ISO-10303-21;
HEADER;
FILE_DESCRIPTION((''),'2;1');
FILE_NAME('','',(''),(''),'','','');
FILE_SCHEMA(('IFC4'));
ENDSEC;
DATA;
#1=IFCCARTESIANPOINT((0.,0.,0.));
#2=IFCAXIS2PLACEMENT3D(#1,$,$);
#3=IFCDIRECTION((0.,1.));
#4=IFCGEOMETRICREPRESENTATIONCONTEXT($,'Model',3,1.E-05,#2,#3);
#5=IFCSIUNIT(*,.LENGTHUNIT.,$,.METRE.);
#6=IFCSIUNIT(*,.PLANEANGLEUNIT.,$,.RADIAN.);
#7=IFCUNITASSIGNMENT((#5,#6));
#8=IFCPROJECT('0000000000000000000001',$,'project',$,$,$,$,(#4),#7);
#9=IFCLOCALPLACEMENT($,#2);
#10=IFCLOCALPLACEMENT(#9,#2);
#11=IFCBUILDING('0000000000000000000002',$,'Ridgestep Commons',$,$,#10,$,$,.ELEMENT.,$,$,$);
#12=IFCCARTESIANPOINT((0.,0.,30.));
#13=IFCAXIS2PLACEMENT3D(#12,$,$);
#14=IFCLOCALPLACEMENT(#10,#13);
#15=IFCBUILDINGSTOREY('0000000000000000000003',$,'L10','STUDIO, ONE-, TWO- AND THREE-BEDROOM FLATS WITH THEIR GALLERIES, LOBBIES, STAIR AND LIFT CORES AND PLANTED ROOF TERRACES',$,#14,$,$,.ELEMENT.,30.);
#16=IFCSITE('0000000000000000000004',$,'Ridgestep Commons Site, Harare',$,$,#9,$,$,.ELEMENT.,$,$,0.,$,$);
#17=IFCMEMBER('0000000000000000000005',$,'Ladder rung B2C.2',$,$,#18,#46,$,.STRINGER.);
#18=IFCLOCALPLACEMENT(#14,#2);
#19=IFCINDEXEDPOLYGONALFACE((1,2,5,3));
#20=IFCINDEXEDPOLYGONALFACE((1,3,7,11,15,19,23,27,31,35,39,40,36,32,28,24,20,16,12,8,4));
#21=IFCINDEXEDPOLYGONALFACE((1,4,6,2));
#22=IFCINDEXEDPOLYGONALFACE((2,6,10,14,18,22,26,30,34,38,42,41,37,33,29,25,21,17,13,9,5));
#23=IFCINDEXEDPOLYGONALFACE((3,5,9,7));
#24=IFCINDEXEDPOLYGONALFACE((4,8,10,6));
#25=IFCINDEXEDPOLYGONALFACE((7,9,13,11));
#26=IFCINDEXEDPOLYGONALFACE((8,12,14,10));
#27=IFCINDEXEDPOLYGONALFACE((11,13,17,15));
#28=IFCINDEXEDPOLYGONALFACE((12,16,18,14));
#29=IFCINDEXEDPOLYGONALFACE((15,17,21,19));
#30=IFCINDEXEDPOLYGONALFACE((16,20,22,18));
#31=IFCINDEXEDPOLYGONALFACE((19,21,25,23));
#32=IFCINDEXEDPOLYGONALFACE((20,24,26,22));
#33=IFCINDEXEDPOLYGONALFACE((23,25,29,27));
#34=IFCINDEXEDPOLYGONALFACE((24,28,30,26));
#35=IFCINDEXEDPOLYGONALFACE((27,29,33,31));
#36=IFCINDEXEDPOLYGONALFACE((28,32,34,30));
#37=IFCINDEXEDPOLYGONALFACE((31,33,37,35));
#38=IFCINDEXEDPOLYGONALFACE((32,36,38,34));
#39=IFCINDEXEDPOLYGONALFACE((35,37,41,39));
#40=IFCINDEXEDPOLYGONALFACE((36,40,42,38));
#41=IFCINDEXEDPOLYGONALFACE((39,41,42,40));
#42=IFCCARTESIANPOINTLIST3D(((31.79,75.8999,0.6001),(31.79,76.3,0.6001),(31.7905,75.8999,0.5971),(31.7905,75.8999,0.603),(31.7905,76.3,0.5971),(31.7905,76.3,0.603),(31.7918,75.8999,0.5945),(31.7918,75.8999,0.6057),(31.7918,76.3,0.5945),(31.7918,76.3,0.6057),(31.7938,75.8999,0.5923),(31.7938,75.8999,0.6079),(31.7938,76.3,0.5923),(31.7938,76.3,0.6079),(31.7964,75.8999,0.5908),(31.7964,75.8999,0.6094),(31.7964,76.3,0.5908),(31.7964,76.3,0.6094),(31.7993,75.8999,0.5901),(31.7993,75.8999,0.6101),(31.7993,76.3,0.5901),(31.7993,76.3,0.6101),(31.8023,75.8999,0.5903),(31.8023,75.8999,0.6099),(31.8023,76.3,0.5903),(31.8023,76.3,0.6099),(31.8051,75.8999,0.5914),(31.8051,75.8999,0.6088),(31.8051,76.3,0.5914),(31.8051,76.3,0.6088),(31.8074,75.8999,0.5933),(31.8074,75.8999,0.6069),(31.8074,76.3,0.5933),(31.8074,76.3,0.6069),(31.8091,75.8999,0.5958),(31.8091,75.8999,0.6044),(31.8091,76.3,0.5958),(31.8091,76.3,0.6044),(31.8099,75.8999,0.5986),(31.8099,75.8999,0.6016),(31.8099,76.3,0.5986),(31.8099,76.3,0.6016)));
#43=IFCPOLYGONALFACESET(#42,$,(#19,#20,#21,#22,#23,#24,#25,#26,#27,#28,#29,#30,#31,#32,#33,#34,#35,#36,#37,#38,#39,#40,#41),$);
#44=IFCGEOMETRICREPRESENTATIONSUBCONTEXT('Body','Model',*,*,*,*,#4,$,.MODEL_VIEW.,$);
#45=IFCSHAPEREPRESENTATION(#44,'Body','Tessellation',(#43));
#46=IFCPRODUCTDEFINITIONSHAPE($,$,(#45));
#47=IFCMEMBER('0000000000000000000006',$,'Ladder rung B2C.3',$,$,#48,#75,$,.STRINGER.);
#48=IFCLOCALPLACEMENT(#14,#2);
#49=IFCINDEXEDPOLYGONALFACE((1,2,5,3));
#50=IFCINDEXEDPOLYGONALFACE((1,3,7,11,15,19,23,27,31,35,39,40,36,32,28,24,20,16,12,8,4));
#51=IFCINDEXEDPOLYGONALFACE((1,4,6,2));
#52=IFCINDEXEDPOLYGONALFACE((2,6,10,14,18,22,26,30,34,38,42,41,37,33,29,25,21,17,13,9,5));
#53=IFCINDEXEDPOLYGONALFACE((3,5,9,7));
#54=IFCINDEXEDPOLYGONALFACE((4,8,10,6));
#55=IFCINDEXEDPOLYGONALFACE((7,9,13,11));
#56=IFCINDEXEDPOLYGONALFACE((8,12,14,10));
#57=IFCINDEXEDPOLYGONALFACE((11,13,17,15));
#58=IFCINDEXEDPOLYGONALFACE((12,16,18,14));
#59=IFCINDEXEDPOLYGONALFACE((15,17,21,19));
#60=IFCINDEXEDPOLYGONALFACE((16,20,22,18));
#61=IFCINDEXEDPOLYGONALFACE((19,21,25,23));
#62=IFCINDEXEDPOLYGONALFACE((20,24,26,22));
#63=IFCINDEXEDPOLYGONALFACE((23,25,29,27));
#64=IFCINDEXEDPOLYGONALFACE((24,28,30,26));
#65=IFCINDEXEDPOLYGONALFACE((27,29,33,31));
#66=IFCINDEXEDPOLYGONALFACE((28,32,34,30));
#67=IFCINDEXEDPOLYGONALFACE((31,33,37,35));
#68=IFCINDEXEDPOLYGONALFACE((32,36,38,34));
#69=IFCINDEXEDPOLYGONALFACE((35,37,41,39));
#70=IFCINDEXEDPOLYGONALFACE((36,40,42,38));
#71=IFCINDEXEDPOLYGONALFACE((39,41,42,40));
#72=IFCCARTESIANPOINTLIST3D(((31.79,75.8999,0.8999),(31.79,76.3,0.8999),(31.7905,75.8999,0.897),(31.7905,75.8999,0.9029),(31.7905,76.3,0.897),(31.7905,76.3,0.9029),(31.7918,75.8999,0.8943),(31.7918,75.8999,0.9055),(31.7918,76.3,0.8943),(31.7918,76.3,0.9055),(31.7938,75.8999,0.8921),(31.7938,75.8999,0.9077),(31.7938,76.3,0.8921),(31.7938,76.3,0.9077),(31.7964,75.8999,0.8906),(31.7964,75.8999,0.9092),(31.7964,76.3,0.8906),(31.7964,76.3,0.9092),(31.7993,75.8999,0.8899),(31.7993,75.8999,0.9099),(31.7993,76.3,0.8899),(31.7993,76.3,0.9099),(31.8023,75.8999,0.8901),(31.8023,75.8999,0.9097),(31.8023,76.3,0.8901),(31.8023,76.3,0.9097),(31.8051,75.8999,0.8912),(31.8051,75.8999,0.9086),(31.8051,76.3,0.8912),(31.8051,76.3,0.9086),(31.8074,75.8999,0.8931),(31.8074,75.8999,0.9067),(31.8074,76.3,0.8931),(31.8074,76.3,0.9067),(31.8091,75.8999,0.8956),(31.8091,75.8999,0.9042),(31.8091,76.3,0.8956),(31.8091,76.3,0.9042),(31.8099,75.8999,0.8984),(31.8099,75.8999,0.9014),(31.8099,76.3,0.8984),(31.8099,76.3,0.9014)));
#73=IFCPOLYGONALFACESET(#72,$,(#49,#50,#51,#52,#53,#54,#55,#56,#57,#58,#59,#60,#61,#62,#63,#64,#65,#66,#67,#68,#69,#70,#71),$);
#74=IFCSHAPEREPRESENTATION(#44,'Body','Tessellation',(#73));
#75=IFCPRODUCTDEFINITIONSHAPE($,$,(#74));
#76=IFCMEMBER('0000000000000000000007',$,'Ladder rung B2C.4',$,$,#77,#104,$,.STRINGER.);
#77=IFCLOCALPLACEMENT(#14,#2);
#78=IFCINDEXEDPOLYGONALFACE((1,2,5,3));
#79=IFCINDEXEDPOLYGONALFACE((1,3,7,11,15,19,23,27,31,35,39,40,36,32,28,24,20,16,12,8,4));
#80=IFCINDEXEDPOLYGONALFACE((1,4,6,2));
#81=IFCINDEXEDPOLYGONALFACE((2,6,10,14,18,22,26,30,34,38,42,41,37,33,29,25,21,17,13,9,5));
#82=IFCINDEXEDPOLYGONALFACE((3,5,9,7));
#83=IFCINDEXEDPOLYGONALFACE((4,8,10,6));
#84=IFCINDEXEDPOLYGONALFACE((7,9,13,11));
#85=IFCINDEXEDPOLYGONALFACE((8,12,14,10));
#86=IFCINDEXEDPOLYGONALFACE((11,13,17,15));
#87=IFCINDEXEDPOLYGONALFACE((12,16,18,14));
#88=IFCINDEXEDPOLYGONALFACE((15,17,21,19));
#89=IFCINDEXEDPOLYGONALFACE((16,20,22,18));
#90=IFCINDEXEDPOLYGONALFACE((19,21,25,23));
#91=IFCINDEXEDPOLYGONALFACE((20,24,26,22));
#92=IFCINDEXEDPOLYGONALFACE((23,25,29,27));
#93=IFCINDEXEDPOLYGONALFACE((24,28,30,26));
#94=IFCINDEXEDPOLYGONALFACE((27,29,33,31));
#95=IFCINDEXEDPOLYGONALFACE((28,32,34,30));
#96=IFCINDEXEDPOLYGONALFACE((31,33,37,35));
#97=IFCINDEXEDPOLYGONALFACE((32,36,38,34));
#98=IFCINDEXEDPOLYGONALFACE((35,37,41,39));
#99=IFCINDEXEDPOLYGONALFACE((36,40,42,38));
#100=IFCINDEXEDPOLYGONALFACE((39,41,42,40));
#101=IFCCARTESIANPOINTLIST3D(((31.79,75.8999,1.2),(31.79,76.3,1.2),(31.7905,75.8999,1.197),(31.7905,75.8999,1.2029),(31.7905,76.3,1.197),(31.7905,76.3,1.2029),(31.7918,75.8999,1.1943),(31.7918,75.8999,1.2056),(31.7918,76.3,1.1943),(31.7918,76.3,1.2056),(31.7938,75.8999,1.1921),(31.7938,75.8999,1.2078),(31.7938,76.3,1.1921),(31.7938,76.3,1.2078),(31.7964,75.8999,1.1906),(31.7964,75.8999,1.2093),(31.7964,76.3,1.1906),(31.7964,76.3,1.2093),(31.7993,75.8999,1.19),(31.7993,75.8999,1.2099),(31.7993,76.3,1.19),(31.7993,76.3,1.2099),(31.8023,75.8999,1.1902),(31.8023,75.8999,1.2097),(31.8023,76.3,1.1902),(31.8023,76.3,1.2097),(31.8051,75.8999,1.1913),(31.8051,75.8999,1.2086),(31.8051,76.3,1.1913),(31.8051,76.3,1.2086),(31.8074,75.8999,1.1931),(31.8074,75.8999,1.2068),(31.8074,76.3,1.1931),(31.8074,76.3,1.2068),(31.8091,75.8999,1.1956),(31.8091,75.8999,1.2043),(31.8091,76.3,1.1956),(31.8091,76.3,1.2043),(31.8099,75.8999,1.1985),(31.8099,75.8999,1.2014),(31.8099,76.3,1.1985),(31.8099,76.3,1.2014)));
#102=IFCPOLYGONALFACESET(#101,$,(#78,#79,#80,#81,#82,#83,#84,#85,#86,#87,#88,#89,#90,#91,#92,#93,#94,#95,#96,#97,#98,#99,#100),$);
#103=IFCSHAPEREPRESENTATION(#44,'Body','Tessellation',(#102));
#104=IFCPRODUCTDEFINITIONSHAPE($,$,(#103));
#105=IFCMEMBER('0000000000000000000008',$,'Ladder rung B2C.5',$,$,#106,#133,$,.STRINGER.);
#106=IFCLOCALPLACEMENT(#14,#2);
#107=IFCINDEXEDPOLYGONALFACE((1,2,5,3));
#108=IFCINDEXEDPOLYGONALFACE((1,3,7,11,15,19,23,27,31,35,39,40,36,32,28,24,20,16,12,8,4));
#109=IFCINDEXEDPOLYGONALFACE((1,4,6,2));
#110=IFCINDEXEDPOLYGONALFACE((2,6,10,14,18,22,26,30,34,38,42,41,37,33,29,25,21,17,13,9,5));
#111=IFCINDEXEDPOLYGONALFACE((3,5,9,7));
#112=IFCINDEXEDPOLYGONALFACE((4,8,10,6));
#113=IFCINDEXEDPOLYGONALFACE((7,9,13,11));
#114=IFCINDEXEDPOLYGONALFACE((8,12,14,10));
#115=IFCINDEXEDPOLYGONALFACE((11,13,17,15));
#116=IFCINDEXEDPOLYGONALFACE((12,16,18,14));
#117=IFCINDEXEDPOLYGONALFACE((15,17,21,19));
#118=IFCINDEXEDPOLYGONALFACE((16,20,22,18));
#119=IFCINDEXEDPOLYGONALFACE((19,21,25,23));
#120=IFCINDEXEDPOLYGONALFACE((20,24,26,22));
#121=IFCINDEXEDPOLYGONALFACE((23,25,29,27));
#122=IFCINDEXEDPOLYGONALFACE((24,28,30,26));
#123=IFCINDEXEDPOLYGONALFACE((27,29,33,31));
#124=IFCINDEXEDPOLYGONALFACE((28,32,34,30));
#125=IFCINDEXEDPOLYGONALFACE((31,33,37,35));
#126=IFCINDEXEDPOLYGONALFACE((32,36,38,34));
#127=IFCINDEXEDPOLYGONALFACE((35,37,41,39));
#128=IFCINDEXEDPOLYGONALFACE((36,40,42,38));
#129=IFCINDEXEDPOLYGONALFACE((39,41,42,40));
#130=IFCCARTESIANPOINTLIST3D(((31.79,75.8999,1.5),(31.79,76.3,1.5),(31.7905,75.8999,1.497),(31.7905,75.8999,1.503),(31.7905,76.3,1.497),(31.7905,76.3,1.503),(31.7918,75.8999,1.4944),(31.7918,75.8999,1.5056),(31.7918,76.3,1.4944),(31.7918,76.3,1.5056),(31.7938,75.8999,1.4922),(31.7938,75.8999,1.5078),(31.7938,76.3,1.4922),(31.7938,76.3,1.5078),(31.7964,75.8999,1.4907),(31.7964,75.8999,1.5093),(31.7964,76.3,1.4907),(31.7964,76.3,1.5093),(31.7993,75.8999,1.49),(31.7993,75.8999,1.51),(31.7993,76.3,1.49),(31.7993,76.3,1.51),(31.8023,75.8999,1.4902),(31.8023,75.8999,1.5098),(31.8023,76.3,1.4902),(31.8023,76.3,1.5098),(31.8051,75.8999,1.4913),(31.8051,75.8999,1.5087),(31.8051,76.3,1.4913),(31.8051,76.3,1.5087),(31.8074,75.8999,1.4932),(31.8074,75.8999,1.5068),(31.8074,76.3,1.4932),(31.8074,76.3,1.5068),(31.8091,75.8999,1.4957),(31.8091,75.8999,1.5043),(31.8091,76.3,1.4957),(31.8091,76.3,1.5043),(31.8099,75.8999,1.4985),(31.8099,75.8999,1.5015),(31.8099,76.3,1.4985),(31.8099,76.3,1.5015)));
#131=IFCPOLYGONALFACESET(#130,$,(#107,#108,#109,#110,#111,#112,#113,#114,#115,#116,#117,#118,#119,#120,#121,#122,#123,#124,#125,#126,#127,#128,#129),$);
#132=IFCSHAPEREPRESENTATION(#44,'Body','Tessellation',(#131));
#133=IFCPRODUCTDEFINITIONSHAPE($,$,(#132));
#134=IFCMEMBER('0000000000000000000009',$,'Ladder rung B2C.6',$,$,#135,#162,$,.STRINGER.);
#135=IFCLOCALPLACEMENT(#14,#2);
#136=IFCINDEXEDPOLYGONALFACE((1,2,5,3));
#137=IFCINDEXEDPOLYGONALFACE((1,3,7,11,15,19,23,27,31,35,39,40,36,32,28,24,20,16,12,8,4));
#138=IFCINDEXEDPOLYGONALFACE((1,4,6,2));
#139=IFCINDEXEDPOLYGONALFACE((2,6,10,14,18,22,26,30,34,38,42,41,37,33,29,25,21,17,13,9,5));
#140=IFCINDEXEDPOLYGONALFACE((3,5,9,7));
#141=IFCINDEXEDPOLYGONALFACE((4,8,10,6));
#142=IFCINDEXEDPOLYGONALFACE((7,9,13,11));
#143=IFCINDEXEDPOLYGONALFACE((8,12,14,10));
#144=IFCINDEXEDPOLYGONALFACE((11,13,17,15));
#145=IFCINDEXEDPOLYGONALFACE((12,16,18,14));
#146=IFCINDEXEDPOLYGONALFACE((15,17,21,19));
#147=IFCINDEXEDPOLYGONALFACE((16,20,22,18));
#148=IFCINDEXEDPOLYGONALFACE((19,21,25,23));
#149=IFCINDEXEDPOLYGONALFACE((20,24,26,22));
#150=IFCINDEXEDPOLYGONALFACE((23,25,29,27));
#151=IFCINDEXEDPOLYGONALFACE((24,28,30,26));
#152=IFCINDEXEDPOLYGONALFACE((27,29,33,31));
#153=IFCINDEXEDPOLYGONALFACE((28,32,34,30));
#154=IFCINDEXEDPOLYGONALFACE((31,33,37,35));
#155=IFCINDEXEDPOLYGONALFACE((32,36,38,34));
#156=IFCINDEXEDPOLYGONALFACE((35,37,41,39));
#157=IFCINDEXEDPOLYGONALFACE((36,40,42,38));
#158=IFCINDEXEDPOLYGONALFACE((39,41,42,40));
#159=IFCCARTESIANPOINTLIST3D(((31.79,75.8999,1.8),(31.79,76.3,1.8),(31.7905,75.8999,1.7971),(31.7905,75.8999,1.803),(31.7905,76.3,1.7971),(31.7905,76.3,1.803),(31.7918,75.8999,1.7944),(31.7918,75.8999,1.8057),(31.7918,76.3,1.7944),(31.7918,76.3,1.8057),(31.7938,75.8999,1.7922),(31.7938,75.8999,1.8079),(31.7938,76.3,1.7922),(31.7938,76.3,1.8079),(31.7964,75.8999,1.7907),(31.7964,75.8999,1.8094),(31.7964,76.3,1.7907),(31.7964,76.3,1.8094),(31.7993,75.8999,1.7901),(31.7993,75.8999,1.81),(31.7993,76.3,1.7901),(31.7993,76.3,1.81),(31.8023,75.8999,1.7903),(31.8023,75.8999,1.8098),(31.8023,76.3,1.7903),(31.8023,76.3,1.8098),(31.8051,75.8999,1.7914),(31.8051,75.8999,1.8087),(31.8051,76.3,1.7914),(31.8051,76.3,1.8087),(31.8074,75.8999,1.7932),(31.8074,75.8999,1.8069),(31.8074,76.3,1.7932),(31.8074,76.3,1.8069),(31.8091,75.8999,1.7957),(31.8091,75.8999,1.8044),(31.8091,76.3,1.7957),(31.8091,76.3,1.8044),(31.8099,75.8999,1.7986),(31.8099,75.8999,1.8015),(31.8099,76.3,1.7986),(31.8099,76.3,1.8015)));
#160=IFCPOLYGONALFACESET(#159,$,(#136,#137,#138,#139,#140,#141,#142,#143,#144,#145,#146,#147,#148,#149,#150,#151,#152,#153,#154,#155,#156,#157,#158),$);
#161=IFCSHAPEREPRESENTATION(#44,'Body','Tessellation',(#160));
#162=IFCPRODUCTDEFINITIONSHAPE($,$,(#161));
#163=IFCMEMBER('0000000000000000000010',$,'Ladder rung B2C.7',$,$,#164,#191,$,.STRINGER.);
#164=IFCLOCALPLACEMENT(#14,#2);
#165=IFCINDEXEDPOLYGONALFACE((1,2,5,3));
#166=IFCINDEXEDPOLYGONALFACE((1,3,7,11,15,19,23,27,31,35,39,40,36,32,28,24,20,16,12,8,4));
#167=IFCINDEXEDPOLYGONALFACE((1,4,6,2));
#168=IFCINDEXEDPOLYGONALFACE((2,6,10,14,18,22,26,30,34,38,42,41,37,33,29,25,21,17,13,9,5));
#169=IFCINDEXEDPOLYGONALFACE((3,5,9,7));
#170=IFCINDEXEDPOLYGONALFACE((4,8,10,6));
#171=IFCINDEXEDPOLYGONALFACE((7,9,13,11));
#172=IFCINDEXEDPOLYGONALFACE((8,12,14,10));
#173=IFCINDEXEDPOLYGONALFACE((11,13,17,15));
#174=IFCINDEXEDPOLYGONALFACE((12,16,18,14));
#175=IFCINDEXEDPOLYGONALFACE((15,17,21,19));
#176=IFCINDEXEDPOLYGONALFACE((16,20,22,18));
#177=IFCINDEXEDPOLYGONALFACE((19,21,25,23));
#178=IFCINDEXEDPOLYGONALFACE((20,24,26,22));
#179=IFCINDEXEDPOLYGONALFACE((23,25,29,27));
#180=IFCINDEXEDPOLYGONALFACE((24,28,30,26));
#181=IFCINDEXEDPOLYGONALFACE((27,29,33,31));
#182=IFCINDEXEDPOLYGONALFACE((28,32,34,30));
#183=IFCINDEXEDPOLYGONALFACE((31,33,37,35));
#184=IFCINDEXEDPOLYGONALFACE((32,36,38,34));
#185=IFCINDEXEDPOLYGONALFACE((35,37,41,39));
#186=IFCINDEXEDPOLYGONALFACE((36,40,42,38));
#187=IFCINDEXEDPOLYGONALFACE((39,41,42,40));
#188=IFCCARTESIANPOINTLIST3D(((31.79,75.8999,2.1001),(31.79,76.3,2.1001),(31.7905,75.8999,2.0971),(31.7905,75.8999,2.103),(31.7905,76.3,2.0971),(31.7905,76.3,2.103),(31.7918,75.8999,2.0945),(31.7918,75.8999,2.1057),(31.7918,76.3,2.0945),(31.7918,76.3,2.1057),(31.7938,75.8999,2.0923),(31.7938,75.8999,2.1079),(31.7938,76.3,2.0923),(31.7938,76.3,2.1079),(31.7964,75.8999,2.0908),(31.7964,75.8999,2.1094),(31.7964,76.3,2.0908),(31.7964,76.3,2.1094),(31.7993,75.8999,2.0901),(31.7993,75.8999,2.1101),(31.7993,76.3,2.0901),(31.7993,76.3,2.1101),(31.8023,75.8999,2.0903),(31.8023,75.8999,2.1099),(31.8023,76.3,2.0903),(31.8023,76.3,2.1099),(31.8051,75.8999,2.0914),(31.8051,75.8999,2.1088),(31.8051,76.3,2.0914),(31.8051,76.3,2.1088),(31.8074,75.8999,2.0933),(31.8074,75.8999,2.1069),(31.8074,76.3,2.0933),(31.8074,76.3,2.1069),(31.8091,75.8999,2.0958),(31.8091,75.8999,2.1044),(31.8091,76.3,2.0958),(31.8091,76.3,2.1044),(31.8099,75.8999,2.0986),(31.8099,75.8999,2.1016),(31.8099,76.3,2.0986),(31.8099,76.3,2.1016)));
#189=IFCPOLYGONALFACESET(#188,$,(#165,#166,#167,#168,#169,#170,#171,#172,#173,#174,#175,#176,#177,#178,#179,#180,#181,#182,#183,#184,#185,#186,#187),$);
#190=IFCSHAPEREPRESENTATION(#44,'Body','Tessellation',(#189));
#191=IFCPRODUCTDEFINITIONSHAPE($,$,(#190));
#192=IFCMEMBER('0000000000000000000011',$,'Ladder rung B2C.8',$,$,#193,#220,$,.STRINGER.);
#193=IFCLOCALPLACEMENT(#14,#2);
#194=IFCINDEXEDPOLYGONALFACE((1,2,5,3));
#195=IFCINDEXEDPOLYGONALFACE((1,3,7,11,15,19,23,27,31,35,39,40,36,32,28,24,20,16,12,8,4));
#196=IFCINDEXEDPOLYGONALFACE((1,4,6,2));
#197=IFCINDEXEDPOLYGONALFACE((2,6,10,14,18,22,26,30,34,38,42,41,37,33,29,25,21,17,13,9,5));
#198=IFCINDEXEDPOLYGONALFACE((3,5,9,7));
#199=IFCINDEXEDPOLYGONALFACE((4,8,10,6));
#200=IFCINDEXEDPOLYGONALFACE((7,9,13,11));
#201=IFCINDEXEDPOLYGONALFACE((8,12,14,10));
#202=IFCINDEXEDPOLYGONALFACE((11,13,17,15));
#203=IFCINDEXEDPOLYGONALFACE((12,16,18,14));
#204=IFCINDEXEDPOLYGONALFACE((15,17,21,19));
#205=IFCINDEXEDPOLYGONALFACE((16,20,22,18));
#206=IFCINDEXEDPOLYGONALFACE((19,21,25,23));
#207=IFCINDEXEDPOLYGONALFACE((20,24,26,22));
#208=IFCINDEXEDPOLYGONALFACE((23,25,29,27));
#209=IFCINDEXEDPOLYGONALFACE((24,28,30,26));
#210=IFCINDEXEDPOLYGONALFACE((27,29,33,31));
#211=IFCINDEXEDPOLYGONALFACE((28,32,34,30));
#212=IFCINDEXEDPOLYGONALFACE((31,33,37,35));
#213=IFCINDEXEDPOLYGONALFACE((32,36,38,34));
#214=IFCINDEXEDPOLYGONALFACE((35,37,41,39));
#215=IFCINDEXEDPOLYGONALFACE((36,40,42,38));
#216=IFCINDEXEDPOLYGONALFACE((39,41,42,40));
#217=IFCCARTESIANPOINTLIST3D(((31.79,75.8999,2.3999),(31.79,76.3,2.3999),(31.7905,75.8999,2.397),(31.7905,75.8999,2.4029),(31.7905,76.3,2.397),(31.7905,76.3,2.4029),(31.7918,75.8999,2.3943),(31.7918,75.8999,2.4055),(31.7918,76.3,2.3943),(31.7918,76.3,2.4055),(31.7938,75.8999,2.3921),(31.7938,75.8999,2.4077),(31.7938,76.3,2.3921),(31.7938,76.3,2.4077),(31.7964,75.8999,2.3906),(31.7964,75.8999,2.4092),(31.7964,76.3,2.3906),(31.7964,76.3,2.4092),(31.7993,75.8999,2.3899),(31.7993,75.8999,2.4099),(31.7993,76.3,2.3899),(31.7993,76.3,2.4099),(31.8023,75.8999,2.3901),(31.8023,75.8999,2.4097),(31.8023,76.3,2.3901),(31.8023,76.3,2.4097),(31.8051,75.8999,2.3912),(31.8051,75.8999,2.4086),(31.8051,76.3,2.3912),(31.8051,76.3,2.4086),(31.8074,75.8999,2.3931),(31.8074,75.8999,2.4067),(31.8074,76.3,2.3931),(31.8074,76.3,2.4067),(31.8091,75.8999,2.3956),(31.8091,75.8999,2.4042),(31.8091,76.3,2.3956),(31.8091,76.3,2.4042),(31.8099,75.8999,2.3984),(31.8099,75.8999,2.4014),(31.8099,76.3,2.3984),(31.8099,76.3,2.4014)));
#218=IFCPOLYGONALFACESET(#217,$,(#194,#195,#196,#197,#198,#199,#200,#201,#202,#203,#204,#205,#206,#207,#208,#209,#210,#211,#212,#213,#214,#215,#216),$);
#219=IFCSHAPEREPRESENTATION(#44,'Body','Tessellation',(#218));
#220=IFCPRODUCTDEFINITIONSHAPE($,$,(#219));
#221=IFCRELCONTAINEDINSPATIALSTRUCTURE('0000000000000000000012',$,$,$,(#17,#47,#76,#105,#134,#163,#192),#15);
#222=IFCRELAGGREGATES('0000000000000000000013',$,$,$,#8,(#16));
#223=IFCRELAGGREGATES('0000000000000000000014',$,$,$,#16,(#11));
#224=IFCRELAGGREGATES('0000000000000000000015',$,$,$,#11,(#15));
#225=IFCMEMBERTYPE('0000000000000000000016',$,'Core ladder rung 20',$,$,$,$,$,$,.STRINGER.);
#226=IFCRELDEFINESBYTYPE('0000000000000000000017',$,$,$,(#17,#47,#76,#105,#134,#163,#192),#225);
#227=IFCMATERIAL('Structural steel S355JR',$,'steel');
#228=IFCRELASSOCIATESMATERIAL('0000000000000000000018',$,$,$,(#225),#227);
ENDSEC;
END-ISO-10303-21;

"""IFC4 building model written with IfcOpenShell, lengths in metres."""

from ifc_helpers import new_model, si_unit, direction, frame, origin, origin_2d, place, context, subcontext, project, spatial, circle, extrude, material, material_profile, profile_set, type_object, element, save


model = new_model("IFC4")

# Units and contexts
model_context = context("Model", 3, precision=1e-05, world=origin(), true_north=direction((0.0, 1.0)))
body_context = subcontext(model_context, "Body", "Model", "MODEL_VIEW")
ifc_project = project(units=[si_unit("LENGTHUNIT", "METRE"), si_unit("PLANEANGLEUNIT", "RADIAN")], contexts=[model_context])

# Site, building, storey
site_placement = place(None, origin())
site = spatial("IfcSite", under=ifc_project, at=site_placement, Name="Ridgestep Commons Site, Harare", CompositionType="ELEMENT", RefElevation=0.0)
building_placement = place(site_placement, origin())
building = spatial("IfcBuilding", under=site, at=building_placement, Name="Ridgestep Commons", CompositionType="ELEMENT")
storey_placement = place(building_placement, frame((0.0, 0.0, 30.0)))
storey = spatial("IfcBuildingStorey", under=building, at=storey_placement, Name="L10", Description="STUDIO, ONE-, TWO- AND THREE-BEDROOM FLATS WITH THEIR GALLERIES, LOBBIES, STAIR AND LIFT CORES AND PLANTED ROOF TERRACES", CompositionType="ELEMENT", Elevation=30.0)

# Members
ifc_material_1 = material(Name="Structural steel S355JR", Category="steel")
ifc_material_profile_1 = material_profile(ifc_material_1, circle(Radius=0.01, at=origin_2d()), Name="Round bar 20")
ifc_profile_set_1 = profile_set([ifc_material_profile_1], Name="Structural steel S355JR")
member_type_1 = type_object("IfcMemberType", Name="Core ladder rung 20", PredefinedType="STRINGER", material=ifc_profile_set_1)
for number, where, z_axis, x_axis, name in (
    (1, (31.8, 75.8999, 0.6001), (0.0, 1.0, 0.0), (-1.0, 0.0, 0.0), "Ladder rung B2C.2"),
    (2, (31.8, 75.8999, 0.8999), (0.0, 1.0, 0.0), (-1.0, 0.0, 0.0), "Ladder rung B2C.3"),
    (3, (31.8, 75.8999, 1.2), (0.0, 1.0, 0.0), (-1.0, 0.0, 0.0), "Ladder rung B2C.4"),
    (4, (31.8, 75.8999, 1.5), (0.0, 1.0, 0.0), (-1.0, 0.0, 0.0), "Ladder rung B2C.5"),
    (5, (31.8, 75.8999, 1.8), (0.0, 1.0, 0.0), (-1.0, 0.0, 0.0), "Ladder rung B2C.6"),
    (6, (31.8, 75.8999, 2.1001), (0.0, 1.0, 0.0), (-1.0, 0.0, 0.0), "Ladder rung B2C.7"),
    (7, (31.8, 75.8999, 2.3999), (0.0, 1.0, 0.0), (-1.0, 0.0, 0.0), "Ladder rung B2C.8"),
):
    element("IfcMember", number, at=place(storey_placement, frame(where, z_axis=z_axis, x_axis=x_axis)), inside=storey, type_object=member_type_1, Name=name, PredefinedType="STRINGER", context=body_context, shape_type="SweptSolid", body=[
        extrude(circle(Radius=0.01, at=origin_2d()), origin(), (0.0, 0.0, 1.0), 0.4001),
    ])

save(model, "model.ifc")
